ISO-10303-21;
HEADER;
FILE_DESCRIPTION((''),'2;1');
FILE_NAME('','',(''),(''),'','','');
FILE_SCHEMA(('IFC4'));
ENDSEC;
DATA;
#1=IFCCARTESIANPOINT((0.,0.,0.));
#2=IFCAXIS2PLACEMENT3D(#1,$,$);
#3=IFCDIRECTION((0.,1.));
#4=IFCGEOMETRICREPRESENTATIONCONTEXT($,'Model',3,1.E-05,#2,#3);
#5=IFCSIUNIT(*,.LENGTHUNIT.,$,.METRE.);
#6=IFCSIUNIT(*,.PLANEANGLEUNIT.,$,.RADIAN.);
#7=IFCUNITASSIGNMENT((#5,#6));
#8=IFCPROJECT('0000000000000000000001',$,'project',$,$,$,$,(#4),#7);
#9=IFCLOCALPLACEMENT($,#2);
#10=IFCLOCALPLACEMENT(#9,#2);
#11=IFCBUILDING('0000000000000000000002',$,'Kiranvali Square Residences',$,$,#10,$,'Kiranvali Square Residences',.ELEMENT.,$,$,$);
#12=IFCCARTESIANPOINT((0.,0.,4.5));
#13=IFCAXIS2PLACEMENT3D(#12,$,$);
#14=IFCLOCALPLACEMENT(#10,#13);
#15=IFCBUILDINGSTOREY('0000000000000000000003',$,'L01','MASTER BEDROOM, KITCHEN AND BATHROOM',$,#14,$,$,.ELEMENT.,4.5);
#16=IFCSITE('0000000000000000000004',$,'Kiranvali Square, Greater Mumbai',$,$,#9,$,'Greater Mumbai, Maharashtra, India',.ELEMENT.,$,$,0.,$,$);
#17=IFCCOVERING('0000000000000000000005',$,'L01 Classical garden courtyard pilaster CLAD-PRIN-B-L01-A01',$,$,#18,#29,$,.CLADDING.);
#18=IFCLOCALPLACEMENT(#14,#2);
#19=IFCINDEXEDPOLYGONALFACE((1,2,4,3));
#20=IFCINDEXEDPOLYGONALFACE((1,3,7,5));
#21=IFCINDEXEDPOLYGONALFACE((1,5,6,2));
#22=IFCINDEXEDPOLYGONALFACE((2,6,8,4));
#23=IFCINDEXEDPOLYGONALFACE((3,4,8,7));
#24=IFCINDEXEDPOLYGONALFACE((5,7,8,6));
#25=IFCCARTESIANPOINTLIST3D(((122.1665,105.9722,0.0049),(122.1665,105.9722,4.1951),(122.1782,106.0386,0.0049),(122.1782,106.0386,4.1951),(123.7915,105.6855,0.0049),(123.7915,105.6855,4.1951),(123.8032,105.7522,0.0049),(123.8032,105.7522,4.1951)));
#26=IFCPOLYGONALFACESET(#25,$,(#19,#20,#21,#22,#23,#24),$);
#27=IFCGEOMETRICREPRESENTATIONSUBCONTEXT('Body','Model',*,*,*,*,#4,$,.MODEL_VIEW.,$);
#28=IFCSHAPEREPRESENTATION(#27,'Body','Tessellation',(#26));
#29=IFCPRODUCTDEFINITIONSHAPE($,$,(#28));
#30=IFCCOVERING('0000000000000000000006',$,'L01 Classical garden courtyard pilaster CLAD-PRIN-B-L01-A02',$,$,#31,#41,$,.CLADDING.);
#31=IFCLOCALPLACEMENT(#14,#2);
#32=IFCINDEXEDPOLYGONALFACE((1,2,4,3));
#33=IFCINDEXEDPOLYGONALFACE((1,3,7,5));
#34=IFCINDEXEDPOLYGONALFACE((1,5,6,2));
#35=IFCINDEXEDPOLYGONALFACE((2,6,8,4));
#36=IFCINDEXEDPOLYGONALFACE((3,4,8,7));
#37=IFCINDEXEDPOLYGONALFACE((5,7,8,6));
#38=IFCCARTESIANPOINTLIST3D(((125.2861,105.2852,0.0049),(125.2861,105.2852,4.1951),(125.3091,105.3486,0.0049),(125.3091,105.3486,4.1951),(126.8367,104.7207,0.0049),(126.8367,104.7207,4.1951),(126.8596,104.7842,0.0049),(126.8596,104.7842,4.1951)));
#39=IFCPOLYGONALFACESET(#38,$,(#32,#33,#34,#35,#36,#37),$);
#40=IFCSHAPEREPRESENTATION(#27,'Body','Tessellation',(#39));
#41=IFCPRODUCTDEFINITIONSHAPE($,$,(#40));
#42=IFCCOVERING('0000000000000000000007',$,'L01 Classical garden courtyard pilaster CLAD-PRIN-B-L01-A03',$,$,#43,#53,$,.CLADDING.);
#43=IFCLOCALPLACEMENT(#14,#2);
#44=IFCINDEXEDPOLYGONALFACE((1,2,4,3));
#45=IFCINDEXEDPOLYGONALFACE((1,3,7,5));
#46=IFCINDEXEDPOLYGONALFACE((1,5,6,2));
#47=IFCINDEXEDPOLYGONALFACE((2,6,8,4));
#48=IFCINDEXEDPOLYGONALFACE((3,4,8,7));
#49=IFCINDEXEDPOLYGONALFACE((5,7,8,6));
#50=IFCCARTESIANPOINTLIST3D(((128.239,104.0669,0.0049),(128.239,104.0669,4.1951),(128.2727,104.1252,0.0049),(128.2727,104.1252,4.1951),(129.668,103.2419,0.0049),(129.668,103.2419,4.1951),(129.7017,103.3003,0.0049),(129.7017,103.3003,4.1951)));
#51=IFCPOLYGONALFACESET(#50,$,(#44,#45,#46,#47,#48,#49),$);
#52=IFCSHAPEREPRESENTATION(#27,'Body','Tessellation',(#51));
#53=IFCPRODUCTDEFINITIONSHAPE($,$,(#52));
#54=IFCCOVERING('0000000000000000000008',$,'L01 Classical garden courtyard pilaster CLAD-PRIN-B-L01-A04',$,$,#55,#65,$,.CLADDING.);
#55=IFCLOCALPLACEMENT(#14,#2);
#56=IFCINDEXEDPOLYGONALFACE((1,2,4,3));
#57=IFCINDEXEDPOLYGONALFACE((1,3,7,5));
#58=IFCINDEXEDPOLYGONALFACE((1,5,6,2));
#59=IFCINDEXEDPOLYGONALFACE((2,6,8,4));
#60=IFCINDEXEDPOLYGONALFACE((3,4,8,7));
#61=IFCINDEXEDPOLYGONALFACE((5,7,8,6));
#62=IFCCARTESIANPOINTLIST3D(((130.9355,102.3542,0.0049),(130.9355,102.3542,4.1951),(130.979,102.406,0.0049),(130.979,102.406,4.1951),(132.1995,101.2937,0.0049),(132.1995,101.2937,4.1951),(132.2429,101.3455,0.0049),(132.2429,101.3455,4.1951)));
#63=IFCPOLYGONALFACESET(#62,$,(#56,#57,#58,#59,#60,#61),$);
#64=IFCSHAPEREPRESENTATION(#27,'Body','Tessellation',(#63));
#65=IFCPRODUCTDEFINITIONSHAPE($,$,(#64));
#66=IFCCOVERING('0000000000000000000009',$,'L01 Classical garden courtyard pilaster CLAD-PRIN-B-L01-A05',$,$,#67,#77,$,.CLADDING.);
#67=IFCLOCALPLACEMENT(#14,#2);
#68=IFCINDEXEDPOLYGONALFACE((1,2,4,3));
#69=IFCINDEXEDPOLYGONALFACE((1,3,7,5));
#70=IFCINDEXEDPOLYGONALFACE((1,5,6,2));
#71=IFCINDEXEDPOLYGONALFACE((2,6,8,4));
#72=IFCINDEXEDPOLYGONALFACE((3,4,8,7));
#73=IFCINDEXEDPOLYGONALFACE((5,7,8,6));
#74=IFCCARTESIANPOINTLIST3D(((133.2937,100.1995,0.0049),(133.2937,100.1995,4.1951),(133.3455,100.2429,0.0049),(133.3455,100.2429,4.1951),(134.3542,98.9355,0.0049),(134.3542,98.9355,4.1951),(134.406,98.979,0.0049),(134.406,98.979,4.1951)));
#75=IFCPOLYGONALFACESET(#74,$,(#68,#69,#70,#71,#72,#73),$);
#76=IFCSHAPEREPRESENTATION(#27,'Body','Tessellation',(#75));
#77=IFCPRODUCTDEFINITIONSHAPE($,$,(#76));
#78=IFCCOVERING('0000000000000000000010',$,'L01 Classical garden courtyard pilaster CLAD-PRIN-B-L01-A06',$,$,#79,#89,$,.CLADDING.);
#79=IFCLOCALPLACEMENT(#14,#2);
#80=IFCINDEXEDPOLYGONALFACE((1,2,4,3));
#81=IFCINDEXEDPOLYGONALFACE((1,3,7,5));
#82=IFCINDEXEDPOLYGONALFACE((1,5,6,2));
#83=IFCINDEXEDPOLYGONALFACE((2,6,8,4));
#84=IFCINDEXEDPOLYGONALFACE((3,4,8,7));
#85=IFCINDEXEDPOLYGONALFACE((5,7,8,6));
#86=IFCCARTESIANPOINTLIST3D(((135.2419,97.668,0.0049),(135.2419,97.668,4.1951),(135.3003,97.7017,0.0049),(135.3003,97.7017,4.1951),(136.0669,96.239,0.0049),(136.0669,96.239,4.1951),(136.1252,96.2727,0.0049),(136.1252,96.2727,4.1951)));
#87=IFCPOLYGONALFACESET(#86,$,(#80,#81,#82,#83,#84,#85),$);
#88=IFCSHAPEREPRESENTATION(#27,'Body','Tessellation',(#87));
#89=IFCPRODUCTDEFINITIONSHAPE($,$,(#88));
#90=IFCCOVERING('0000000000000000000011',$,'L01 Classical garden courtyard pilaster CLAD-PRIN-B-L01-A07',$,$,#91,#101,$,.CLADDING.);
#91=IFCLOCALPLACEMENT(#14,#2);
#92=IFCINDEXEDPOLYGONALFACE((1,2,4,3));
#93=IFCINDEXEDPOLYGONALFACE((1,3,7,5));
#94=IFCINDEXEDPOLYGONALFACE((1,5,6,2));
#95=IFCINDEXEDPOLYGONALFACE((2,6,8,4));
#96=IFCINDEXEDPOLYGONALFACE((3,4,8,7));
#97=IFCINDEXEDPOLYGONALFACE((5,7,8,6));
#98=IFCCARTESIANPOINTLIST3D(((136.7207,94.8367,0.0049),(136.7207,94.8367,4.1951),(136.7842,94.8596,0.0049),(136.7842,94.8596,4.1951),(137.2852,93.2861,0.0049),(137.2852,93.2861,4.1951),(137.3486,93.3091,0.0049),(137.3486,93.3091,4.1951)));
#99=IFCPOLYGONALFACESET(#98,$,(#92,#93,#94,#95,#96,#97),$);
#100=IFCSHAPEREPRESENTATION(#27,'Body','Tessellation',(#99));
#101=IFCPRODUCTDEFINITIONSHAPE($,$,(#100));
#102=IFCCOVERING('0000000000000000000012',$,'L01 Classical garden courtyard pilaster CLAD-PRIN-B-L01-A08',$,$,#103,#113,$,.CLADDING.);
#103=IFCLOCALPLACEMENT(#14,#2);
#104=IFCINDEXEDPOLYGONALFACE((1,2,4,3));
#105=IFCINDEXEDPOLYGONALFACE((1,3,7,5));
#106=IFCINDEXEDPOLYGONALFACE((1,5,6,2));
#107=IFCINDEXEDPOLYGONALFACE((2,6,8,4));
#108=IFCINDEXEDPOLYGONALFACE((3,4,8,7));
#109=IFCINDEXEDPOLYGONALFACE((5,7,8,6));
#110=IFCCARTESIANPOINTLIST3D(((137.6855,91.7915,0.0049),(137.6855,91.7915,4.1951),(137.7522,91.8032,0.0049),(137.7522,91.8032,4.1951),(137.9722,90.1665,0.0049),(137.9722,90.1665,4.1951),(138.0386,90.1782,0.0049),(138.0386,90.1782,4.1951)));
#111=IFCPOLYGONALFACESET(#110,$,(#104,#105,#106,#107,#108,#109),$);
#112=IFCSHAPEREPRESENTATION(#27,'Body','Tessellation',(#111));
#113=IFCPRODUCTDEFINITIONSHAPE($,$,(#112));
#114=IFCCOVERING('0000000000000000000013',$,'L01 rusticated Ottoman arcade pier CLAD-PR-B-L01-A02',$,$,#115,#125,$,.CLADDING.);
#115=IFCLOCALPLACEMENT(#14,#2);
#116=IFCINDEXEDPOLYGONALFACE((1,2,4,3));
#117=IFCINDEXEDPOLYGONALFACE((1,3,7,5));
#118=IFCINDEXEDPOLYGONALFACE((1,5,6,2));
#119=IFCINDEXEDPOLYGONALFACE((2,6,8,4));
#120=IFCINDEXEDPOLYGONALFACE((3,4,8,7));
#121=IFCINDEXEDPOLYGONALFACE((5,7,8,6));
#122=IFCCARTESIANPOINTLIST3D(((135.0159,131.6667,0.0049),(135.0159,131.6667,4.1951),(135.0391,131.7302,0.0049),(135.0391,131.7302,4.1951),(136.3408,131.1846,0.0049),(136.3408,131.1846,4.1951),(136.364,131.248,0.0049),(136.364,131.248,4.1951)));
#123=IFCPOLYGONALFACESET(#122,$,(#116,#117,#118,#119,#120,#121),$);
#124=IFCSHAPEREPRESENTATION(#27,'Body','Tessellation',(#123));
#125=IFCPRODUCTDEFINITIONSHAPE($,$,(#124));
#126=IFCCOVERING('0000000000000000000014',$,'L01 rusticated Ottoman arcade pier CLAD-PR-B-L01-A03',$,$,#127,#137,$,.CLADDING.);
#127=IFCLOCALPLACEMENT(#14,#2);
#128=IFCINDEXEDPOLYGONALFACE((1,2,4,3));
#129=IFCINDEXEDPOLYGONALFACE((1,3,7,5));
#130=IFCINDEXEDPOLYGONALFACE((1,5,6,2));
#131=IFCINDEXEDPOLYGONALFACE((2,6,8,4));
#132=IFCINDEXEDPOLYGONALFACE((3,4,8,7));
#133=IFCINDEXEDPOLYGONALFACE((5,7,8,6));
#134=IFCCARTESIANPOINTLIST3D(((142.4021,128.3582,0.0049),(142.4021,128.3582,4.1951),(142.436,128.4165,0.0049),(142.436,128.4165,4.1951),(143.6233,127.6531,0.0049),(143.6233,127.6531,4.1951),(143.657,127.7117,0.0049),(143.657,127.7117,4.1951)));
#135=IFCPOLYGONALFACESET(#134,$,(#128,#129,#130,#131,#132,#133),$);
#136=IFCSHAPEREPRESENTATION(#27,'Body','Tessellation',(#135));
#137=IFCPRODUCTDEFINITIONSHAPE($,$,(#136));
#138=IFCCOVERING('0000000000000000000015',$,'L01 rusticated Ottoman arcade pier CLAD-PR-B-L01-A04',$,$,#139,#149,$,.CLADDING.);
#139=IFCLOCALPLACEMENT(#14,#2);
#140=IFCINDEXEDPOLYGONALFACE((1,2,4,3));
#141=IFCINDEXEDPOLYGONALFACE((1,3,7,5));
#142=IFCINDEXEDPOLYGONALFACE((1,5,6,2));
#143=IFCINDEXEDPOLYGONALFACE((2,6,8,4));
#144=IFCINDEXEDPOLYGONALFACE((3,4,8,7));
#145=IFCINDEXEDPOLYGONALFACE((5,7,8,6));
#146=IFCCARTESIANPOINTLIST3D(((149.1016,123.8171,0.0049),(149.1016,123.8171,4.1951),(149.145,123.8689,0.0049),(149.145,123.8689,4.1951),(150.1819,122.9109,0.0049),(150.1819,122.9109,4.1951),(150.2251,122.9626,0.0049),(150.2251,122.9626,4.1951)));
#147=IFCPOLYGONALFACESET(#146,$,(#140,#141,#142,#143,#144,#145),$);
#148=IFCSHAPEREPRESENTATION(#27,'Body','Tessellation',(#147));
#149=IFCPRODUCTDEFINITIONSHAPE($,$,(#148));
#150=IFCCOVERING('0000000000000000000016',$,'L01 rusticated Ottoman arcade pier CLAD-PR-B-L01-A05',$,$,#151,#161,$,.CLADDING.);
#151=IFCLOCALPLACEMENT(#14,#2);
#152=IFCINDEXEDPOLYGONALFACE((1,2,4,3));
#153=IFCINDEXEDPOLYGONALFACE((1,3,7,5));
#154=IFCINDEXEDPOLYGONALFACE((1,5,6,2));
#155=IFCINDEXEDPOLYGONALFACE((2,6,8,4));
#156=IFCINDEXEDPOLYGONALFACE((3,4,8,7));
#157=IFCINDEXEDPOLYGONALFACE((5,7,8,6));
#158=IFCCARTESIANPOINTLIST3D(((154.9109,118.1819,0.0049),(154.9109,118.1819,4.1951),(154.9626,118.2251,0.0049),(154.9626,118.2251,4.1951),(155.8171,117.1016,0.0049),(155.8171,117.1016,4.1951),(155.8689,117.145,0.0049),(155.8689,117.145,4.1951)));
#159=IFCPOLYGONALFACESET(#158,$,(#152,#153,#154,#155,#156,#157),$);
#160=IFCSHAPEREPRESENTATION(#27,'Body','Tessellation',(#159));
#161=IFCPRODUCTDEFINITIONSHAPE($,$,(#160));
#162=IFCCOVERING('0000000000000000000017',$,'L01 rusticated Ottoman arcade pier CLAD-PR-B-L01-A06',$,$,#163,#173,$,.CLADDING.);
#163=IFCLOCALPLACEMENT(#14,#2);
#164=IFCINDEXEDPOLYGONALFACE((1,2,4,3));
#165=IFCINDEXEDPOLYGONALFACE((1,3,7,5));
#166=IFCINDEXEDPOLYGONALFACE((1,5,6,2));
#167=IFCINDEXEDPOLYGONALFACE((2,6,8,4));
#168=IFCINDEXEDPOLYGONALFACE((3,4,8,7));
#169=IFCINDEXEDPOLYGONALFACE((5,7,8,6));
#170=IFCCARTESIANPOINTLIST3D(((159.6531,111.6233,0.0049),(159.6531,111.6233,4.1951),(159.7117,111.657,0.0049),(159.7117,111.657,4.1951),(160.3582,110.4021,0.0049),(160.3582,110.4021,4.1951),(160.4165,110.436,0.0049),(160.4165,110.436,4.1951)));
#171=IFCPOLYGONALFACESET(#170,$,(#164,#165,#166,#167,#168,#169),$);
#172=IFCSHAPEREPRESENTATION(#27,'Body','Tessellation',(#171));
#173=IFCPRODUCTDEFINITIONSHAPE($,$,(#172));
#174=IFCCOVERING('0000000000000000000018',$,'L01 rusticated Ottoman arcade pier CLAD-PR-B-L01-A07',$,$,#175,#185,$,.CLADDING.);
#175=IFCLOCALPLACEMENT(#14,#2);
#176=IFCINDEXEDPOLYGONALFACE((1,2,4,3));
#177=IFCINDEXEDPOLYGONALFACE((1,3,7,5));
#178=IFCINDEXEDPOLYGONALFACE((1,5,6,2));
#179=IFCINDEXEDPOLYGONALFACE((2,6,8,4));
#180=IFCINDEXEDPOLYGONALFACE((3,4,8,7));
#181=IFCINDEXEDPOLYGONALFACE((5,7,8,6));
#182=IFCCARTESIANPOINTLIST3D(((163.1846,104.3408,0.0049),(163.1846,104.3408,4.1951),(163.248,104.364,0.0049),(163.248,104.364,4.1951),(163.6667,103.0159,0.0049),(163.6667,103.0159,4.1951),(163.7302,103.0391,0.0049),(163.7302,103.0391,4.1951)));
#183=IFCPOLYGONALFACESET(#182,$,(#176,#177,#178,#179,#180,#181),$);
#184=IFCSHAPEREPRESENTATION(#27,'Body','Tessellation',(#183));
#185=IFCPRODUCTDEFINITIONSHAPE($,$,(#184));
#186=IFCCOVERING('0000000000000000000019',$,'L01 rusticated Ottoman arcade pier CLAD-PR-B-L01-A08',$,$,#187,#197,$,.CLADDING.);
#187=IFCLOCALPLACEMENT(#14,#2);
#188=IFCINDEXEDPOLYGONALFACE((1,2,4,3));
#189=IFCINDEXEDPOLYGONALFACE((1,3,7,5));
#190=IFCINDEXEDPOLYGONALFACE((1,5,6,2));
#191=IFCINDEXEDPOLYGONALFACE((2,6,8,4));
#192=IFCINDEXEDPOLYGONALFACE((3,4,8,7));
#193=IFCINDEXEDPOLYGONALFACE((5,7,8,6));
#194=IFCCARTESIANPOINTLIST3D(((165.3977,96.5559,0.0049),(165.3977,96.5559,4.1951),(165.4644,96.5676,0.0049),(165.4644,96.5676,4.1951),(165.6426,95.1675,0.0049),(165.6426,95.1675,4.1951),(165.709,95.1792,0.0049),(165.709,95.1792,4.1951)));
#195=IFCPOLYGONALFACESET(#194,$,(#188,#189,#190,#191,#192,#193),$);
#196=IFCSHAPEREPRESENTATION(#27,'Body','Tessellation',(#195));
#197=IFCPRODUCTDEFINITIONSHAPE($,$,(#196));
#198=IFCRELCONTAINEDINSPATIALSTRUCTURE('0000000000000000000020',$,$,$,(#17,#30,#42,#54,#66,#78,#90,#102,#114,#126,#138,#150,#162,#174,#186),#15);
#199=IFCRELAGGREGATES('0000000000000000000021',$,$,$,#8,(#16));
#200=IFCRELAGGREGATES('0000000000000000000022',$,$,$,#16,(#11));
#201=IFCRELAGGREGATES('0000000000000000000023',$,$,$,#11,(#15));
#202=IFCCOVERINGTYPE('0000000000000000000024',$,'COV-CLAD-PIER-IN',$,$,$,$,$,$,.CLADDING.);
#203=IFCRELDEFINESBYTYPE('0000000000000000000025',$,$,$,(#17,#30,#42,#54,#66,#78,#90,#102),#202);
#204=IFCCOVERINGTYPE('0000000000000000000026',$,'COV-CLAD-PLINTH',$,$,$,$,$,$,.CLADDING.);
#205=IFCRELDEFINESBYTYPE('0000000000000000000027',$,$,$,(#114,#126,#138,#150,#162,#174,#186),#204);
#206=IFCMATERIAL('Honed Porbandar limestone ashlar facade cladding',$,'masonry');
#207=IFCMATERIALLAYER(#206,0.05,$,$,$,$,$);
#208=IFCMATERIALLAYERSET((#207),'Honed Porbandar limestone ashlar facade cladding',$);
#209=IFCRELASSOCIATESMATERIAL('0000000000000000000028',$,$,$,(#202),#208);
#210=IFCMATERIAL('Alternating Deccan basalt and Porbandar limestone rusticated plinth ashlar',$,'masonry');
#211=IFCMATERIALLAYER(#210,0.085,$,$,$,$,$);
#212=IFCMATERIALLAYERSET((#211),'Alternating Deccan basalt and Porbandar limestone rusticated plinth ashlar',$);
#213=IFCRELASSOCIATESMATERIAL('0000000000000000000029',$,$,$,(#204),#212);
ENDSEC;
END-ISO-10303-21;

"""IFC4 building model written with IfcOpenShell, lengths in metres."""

from ifc_helpers import new_model, si_unit, direction, frame, origin, place, context, subcontext, project, spatial, polyline, outline, extrude, material, layer, layer_set, type_object, element, save


model = new_model("IFC4")

# Units and contexts
model_context = context("Model", 3, precision=1e-05, world=origin(), true_north=direction((0.0, 1.0)))
body_context = subcontext(model_context, "Body", "Model", "MODEL_VIEW")
ifc_project = project(units=[si_unit("LENGTHUNIT", "METRE"), si_unit("PLANEANGLEUNIT", "RADIAN")], contexts=[model_context])

# Site, building, storey
site_placement = place(None, origin())
site = spatial("IfcSite", under=ifc_project, at=site_placement, Name="Kiranvali Square, Greater Mumbai", LongName="Greater Mumbai, Maharashtra, India", CompositionType="ELEMENT", RefElevation=0.0)
building_placement = place(site_placement, origin())
building = spatial("IfcBuilding", under=site, at=building_placement, Name="Kiranvali Square Residences", LongName="Kiranvali Square Residences", CompositionType="ELEMENT")
storey_placement = place(building_placement, frame((0.0, 0.0, 4.5)))
storey = spatial("IfcBuildingStorey", under=building, at=storey_placement, Name="L01", Description="MASTER BEDROOM, KITCHEN AND BATHROOM", CompositionType="ELEMENT", Elevation=4.5)

# Coverings
ifc_material_1 = material(Name="Honed Porbandar limestone ashlar facade cladding", Category="masonry")
ifc_layer_1 = layer(ifc_material_1, 0.05)
ifc_layer_set_1 = layer_set([ifc_layer_1], Name="Honed Porbandar limestone ashlar facade cladding")
covering_type_1 = type_object("IfcCoveringType", Name="COV-CLAD-PIER-IN", PredefinedType="CLADDING", material=ifc_layer_set_1)
covering_1_placement = place(storey_placement, frame((0.0, 0.0, 0.0049)))
element("IfcCovering", 1, at=covering_1_placement, inside=storey, type_object=covering_type_1, Name="L01 Classical garden courtyard pilaster CLAD-PRIN-B-L01-A01", PredefinedType="CLADDING", context=body_context, shape_type="SweptSolid", body=[
    extrude(outline(polyline([(122.1665, 105.9722), (123.7915, 105.6855), (123.8032, 105.7522), (122.1782, 106.0386), (122.1665, 105.9722)])), origin(), (0.0, 0.0, 1.0), 4.1902),
])
covering_2_placement = place(storey_placement, frame((0.0, 0.0, 0.0049)))
element("IfcCovering", 2, at=covering_2_placement, inside=storey, type_object=covering_type_1, Name="L01 Classical garden courtyard pilaster CLAD-PRIN-B-L01-A02", PredefinedType="CLADDING", context=body_context, shape_type="SweptSolid", body=[
    extrude(outline(polyline([(125.2861, 105.2852), (126.8367, 104.7207), (126.8596, 104.7842), (125.3091, 105.3486), (125.2861, 105.2852)])), origin(), (0.0, 0.0, 1.0), 4.1902),
])
covering_3_placement = place(storey_placement, frame((0.0, 0.0, 0.0049)))
element("IfcCovering", 3, at=covering_3_placement, inside=storey, type_object=covering_type_1, Name="L01 Classical garden courtyard pilaster CLAD-PRIN-B-L01-A03", PredefinedType="CLADDING", context=body_context, shape_type="SweptSolid", body=[
    extrude(outline(polyline([(128.239, 104.0669), (129.668, 103.2419), (129.7017, 103.3003), (128.2727, 104.1252), (128.239, 104.0669)])), origin(), (0.0, 0.0, 1.0), 4.1902),
])
covering_4_placement = place(storey_placement, frame((0.0, 0.0, 0.0049)))
element("IfcCovering", 4, at=covering_4_placement, inside=storey, type_object=covering_type_1, Name="L01 Classical garden courtyard pilaster CLAD-PRIN-B-L01-A04", PredefinedType="CLADDING", context=body_context, shape_type="SweptSolid", body=[
    extrude(outline(polyline([(130.9355, 102.3542), (132.1995, 101.2937), (132.2429, 101.3455), (130.979, 102.406), (130.9355, 102.3542)])), origin(), (0.0, 0.0, 1.0), 4.1902),
])
covering_5_placement = place(storey_placement, frame((0.0, 0.0, 0.0049)))
element("IfcCovering", 5, at=covering_5_placement, inside=storey, type_object=covering_type_1, Name="L01 Classical garden courtyard pilaster CLAD-PRIN-B-L01-A05", PredefinedType="CLADDING", context=body_context, shape_type="SweptSolid", body=[
    extrude(outline(polyline([(133.2937, 100.1995), (134.3542, 98.9355), (134.406, 98.979), (133.3455, 100.2429), (133.2937, 100.1995)])), origin(), (0.0, 0.0, 1.0), 4.1902),
])
covering_6_placement = place(storey_placement, frame((0.0, 0.0, 0.0049)))
element("IfcCovering", 6, at=covering_6_placement, inside=storey, type_object=covering_type_1, Name="L01 Classical garden courtyard pilaster CLAD-PRIN-B-L01-A06", PredefinedType="CLADDING", context=body_context, shape_type="SweptSolid", body=[
    extrude(outline(polyline([(135.2419, 97.668), (136.0669, 96.239), (136.1252, 96.2727), (135.3003, 97.7017), (135.2419, 97.668)])), origin(), (0.0, 0.0, 1.0), 4.1902),
])
covering_7_placement = place(storey_placement, frame((0.0, 0.0, 0.0049)))
element("IfcCovering", 7, at=covering_7_placement, inside=storey, type_object=covering_type_1, Name="L01 Classical garden courtyard pilaster CLAD-PRIN-B-L01-A07", PredefinedType="CLADDING", context=body_context, shape_type="SweptSolid", body=[
    extrude(outline(polyline([(136.7207, 94.8367), (137.2852, 93.2861), (137.3486, 93.3091), (136.7842, 94.8596), (136.7207, 94.8367)])), origin(), (0.0, 0.0, 1.0), 4.1902),
])
covering_8_placement = place(storey_placement, frame((0.0, 0.0, 0.0049)))
element("IfcCovering", 8, at=covering_8_placement, inside=storey, type_object=covering_type_1, Name="L01 Classical garden courtyard pilaster CLAD-PRIN-B-L01-A08", PredefinedType="CLADDING", context=body_context, shape_type="SweptSolid", body=[
    extrude(outline(polyline([(137.6855, 91.7915), (137.9722, 90.1665), (138.0386, 90.1782), (137.7522, 91.8032), (137.6855, 91.7915)])), origin(), (0.0, 0.0, 1.0), 4.1902),
])
ifc_material_2 = material(Name="Alternating Deccan basalt and Porbandar limestone rusticated plinth ashlar", Category="masonry")
ifc_layer_2 = layer(ifc_material_2, 0.085)
ifc_layer_set_2 = layer_set([ifc_layer_2], Name="Alternating Deccan basalt and Porbandar limestone rusticated plinth ashlar")
covering_type_2 = type_object("IfcCoveringType", Name="COV-CLAD-PLINTH", PredefinedType="CLADDING", material=ifc_layer_set_2)
covering_9_placement = place(storey_placement, frame((0.0, 0.0, 0.0049)))
element("IfcCovering", 9, at=covering_9_placement, inside=storey, type_object=covering_type_2, Name="L01 rusticated Ottoman arcade pier CLAD-PR-B-L01-A02", PredefinedType="CLADDING", context=body_context, shape_type="SweptSolid", body=[
    extrude(outline(polyline([(136.364, 131.248), (135.0391, 131.7302), (135.0159, 131.6667), (136.3408, 131.1846), (136.364, 131.248)])), origin(), (0.0, 0.0, 1.0), 4.1902),
])
covering_10_placement = place(storey_placement, frame((0.0, 0.0, 0.0049)))
element("IfcCovering", 10, at=covering_10_placement, inside=storey, type_object=covering_type_2, Name="L01 rusticated Ottoman arcade pier CLAD-PR-B-L01-A03", PredefinedType="CLADDING", context=body_context, shape_type="SweptSolid", body=[
    extrude(outline(polyline([(143.657, 127.7117), (142.436, 128.4165), (142.4021, 128.3582), (143.6233, 127.6531), (143.657, 127.7117)])), origin(), (0.0, 0.0, 1.0), 4.1902),
])
covering_11_placement = place(storey_placement, frame((0.0, 0.0, 0.0049)))
element("IfcCovering", 11, at=covering_11_placement, inside=storey, type_object=covering_type_2, Name="L01 rusticated Ottoman arcade pier CLAD-PR-B-L01-A04", PredefinedType="CLADDING", context=body_context, shape_type="SweptSolid", body=[
    extrude(outline(polyline([(150.2251, 122.9626), (149.145, 123.8689), (149.1016, 123.8171), (150.1819, 122.9109), (150.2251, 122.9626)])), origin(), (0.0, 0.0, 1.0), 4.1902),
])
covering_12_placement = place(storey_placement, frame((0.0, 0.0, 0.0049)))
element("IfcCovering", 12, at=covering_12_placement, inside=storey, type_object=covering_type_2, Name="L01 rusticated Ottoman arcade pier CLAD-PR-B-L01-A05", PredefinedType="CLADDING", context=body_context, shape_type="SweptSolid", body=[
    extrude(outline(polyline([(155.8689, 117.145), (154.9626, 118.2251), (154.9109, 118.1819), (155.8171, 117.1016), (155.8689, 117.145)])), origin(), (0.0, 0.0, 1.0), 4.1902),
])
covering_13_placement = place(storey_placement, frame((0.0, 0.0, 0.0049)))
element("IfcCovering", 13, at=covering_13_placement, inside=storey, type_object=covering_type_2, Name="L01 rusticated Ottoman arcade pier CLAD-PR-B-L01-A06", PredefinedType="CLADDING", context=body_context, shape_type="SweptSolid", body=[
    extrude(outline(polyline([(160.4165, 110.436), (159.7117, 111.657), (159.6531, 111.6233), (160.3582, 110.4021), (160.4165, 110.436)])), origin(), (0.0, 0.0, 1.0), 4.1902),
])
covering_14_placement = place(storey_placement, frame((0.0, 0.0, 0.0049)))
element("IfcCovering", 14, at=covering_14_placement, inside=storey, type_object=covering_type_2, Name="L01 rusticated Ottoman arcade pier CLAD-PR-B-L01-A07", PredefinedType="CLADDING", context=body_context, shape_type="SweptSolid", body=[
    extrude(outline(polyline([(163.7302, 103.0391), (163.248, 104.364), (163.1846, 104.3408), (163.6667, 103.0159), (163.7302, 103.0391)])), origin(), (0.0, 0.0, 1.0), 4.1902),
])
covering_15_placement = place(storey_placement, frame((0.0, 0.0, 0.0049)))
element("IfcCovering", 15, at=covering_15_placement, inside=storey, type_object=covering_type_2, Name="L01 rusticated Ottoman arcade pier CLAD-PR-B-L01-A08", PredefinedType="CLADDING", context=body_context, shape_type="SweptSolid", body=[
    extrude(outline(polyline([(165.709, 95.1792), (165.4644, 96.5676), (165.3977, 96.5559), (165.6426, 95.1675), (165.709, 95.1792)])), origin(), (0.0, 0.0, 1.0), 4.1902),
])

save(model, "model.ifc")
